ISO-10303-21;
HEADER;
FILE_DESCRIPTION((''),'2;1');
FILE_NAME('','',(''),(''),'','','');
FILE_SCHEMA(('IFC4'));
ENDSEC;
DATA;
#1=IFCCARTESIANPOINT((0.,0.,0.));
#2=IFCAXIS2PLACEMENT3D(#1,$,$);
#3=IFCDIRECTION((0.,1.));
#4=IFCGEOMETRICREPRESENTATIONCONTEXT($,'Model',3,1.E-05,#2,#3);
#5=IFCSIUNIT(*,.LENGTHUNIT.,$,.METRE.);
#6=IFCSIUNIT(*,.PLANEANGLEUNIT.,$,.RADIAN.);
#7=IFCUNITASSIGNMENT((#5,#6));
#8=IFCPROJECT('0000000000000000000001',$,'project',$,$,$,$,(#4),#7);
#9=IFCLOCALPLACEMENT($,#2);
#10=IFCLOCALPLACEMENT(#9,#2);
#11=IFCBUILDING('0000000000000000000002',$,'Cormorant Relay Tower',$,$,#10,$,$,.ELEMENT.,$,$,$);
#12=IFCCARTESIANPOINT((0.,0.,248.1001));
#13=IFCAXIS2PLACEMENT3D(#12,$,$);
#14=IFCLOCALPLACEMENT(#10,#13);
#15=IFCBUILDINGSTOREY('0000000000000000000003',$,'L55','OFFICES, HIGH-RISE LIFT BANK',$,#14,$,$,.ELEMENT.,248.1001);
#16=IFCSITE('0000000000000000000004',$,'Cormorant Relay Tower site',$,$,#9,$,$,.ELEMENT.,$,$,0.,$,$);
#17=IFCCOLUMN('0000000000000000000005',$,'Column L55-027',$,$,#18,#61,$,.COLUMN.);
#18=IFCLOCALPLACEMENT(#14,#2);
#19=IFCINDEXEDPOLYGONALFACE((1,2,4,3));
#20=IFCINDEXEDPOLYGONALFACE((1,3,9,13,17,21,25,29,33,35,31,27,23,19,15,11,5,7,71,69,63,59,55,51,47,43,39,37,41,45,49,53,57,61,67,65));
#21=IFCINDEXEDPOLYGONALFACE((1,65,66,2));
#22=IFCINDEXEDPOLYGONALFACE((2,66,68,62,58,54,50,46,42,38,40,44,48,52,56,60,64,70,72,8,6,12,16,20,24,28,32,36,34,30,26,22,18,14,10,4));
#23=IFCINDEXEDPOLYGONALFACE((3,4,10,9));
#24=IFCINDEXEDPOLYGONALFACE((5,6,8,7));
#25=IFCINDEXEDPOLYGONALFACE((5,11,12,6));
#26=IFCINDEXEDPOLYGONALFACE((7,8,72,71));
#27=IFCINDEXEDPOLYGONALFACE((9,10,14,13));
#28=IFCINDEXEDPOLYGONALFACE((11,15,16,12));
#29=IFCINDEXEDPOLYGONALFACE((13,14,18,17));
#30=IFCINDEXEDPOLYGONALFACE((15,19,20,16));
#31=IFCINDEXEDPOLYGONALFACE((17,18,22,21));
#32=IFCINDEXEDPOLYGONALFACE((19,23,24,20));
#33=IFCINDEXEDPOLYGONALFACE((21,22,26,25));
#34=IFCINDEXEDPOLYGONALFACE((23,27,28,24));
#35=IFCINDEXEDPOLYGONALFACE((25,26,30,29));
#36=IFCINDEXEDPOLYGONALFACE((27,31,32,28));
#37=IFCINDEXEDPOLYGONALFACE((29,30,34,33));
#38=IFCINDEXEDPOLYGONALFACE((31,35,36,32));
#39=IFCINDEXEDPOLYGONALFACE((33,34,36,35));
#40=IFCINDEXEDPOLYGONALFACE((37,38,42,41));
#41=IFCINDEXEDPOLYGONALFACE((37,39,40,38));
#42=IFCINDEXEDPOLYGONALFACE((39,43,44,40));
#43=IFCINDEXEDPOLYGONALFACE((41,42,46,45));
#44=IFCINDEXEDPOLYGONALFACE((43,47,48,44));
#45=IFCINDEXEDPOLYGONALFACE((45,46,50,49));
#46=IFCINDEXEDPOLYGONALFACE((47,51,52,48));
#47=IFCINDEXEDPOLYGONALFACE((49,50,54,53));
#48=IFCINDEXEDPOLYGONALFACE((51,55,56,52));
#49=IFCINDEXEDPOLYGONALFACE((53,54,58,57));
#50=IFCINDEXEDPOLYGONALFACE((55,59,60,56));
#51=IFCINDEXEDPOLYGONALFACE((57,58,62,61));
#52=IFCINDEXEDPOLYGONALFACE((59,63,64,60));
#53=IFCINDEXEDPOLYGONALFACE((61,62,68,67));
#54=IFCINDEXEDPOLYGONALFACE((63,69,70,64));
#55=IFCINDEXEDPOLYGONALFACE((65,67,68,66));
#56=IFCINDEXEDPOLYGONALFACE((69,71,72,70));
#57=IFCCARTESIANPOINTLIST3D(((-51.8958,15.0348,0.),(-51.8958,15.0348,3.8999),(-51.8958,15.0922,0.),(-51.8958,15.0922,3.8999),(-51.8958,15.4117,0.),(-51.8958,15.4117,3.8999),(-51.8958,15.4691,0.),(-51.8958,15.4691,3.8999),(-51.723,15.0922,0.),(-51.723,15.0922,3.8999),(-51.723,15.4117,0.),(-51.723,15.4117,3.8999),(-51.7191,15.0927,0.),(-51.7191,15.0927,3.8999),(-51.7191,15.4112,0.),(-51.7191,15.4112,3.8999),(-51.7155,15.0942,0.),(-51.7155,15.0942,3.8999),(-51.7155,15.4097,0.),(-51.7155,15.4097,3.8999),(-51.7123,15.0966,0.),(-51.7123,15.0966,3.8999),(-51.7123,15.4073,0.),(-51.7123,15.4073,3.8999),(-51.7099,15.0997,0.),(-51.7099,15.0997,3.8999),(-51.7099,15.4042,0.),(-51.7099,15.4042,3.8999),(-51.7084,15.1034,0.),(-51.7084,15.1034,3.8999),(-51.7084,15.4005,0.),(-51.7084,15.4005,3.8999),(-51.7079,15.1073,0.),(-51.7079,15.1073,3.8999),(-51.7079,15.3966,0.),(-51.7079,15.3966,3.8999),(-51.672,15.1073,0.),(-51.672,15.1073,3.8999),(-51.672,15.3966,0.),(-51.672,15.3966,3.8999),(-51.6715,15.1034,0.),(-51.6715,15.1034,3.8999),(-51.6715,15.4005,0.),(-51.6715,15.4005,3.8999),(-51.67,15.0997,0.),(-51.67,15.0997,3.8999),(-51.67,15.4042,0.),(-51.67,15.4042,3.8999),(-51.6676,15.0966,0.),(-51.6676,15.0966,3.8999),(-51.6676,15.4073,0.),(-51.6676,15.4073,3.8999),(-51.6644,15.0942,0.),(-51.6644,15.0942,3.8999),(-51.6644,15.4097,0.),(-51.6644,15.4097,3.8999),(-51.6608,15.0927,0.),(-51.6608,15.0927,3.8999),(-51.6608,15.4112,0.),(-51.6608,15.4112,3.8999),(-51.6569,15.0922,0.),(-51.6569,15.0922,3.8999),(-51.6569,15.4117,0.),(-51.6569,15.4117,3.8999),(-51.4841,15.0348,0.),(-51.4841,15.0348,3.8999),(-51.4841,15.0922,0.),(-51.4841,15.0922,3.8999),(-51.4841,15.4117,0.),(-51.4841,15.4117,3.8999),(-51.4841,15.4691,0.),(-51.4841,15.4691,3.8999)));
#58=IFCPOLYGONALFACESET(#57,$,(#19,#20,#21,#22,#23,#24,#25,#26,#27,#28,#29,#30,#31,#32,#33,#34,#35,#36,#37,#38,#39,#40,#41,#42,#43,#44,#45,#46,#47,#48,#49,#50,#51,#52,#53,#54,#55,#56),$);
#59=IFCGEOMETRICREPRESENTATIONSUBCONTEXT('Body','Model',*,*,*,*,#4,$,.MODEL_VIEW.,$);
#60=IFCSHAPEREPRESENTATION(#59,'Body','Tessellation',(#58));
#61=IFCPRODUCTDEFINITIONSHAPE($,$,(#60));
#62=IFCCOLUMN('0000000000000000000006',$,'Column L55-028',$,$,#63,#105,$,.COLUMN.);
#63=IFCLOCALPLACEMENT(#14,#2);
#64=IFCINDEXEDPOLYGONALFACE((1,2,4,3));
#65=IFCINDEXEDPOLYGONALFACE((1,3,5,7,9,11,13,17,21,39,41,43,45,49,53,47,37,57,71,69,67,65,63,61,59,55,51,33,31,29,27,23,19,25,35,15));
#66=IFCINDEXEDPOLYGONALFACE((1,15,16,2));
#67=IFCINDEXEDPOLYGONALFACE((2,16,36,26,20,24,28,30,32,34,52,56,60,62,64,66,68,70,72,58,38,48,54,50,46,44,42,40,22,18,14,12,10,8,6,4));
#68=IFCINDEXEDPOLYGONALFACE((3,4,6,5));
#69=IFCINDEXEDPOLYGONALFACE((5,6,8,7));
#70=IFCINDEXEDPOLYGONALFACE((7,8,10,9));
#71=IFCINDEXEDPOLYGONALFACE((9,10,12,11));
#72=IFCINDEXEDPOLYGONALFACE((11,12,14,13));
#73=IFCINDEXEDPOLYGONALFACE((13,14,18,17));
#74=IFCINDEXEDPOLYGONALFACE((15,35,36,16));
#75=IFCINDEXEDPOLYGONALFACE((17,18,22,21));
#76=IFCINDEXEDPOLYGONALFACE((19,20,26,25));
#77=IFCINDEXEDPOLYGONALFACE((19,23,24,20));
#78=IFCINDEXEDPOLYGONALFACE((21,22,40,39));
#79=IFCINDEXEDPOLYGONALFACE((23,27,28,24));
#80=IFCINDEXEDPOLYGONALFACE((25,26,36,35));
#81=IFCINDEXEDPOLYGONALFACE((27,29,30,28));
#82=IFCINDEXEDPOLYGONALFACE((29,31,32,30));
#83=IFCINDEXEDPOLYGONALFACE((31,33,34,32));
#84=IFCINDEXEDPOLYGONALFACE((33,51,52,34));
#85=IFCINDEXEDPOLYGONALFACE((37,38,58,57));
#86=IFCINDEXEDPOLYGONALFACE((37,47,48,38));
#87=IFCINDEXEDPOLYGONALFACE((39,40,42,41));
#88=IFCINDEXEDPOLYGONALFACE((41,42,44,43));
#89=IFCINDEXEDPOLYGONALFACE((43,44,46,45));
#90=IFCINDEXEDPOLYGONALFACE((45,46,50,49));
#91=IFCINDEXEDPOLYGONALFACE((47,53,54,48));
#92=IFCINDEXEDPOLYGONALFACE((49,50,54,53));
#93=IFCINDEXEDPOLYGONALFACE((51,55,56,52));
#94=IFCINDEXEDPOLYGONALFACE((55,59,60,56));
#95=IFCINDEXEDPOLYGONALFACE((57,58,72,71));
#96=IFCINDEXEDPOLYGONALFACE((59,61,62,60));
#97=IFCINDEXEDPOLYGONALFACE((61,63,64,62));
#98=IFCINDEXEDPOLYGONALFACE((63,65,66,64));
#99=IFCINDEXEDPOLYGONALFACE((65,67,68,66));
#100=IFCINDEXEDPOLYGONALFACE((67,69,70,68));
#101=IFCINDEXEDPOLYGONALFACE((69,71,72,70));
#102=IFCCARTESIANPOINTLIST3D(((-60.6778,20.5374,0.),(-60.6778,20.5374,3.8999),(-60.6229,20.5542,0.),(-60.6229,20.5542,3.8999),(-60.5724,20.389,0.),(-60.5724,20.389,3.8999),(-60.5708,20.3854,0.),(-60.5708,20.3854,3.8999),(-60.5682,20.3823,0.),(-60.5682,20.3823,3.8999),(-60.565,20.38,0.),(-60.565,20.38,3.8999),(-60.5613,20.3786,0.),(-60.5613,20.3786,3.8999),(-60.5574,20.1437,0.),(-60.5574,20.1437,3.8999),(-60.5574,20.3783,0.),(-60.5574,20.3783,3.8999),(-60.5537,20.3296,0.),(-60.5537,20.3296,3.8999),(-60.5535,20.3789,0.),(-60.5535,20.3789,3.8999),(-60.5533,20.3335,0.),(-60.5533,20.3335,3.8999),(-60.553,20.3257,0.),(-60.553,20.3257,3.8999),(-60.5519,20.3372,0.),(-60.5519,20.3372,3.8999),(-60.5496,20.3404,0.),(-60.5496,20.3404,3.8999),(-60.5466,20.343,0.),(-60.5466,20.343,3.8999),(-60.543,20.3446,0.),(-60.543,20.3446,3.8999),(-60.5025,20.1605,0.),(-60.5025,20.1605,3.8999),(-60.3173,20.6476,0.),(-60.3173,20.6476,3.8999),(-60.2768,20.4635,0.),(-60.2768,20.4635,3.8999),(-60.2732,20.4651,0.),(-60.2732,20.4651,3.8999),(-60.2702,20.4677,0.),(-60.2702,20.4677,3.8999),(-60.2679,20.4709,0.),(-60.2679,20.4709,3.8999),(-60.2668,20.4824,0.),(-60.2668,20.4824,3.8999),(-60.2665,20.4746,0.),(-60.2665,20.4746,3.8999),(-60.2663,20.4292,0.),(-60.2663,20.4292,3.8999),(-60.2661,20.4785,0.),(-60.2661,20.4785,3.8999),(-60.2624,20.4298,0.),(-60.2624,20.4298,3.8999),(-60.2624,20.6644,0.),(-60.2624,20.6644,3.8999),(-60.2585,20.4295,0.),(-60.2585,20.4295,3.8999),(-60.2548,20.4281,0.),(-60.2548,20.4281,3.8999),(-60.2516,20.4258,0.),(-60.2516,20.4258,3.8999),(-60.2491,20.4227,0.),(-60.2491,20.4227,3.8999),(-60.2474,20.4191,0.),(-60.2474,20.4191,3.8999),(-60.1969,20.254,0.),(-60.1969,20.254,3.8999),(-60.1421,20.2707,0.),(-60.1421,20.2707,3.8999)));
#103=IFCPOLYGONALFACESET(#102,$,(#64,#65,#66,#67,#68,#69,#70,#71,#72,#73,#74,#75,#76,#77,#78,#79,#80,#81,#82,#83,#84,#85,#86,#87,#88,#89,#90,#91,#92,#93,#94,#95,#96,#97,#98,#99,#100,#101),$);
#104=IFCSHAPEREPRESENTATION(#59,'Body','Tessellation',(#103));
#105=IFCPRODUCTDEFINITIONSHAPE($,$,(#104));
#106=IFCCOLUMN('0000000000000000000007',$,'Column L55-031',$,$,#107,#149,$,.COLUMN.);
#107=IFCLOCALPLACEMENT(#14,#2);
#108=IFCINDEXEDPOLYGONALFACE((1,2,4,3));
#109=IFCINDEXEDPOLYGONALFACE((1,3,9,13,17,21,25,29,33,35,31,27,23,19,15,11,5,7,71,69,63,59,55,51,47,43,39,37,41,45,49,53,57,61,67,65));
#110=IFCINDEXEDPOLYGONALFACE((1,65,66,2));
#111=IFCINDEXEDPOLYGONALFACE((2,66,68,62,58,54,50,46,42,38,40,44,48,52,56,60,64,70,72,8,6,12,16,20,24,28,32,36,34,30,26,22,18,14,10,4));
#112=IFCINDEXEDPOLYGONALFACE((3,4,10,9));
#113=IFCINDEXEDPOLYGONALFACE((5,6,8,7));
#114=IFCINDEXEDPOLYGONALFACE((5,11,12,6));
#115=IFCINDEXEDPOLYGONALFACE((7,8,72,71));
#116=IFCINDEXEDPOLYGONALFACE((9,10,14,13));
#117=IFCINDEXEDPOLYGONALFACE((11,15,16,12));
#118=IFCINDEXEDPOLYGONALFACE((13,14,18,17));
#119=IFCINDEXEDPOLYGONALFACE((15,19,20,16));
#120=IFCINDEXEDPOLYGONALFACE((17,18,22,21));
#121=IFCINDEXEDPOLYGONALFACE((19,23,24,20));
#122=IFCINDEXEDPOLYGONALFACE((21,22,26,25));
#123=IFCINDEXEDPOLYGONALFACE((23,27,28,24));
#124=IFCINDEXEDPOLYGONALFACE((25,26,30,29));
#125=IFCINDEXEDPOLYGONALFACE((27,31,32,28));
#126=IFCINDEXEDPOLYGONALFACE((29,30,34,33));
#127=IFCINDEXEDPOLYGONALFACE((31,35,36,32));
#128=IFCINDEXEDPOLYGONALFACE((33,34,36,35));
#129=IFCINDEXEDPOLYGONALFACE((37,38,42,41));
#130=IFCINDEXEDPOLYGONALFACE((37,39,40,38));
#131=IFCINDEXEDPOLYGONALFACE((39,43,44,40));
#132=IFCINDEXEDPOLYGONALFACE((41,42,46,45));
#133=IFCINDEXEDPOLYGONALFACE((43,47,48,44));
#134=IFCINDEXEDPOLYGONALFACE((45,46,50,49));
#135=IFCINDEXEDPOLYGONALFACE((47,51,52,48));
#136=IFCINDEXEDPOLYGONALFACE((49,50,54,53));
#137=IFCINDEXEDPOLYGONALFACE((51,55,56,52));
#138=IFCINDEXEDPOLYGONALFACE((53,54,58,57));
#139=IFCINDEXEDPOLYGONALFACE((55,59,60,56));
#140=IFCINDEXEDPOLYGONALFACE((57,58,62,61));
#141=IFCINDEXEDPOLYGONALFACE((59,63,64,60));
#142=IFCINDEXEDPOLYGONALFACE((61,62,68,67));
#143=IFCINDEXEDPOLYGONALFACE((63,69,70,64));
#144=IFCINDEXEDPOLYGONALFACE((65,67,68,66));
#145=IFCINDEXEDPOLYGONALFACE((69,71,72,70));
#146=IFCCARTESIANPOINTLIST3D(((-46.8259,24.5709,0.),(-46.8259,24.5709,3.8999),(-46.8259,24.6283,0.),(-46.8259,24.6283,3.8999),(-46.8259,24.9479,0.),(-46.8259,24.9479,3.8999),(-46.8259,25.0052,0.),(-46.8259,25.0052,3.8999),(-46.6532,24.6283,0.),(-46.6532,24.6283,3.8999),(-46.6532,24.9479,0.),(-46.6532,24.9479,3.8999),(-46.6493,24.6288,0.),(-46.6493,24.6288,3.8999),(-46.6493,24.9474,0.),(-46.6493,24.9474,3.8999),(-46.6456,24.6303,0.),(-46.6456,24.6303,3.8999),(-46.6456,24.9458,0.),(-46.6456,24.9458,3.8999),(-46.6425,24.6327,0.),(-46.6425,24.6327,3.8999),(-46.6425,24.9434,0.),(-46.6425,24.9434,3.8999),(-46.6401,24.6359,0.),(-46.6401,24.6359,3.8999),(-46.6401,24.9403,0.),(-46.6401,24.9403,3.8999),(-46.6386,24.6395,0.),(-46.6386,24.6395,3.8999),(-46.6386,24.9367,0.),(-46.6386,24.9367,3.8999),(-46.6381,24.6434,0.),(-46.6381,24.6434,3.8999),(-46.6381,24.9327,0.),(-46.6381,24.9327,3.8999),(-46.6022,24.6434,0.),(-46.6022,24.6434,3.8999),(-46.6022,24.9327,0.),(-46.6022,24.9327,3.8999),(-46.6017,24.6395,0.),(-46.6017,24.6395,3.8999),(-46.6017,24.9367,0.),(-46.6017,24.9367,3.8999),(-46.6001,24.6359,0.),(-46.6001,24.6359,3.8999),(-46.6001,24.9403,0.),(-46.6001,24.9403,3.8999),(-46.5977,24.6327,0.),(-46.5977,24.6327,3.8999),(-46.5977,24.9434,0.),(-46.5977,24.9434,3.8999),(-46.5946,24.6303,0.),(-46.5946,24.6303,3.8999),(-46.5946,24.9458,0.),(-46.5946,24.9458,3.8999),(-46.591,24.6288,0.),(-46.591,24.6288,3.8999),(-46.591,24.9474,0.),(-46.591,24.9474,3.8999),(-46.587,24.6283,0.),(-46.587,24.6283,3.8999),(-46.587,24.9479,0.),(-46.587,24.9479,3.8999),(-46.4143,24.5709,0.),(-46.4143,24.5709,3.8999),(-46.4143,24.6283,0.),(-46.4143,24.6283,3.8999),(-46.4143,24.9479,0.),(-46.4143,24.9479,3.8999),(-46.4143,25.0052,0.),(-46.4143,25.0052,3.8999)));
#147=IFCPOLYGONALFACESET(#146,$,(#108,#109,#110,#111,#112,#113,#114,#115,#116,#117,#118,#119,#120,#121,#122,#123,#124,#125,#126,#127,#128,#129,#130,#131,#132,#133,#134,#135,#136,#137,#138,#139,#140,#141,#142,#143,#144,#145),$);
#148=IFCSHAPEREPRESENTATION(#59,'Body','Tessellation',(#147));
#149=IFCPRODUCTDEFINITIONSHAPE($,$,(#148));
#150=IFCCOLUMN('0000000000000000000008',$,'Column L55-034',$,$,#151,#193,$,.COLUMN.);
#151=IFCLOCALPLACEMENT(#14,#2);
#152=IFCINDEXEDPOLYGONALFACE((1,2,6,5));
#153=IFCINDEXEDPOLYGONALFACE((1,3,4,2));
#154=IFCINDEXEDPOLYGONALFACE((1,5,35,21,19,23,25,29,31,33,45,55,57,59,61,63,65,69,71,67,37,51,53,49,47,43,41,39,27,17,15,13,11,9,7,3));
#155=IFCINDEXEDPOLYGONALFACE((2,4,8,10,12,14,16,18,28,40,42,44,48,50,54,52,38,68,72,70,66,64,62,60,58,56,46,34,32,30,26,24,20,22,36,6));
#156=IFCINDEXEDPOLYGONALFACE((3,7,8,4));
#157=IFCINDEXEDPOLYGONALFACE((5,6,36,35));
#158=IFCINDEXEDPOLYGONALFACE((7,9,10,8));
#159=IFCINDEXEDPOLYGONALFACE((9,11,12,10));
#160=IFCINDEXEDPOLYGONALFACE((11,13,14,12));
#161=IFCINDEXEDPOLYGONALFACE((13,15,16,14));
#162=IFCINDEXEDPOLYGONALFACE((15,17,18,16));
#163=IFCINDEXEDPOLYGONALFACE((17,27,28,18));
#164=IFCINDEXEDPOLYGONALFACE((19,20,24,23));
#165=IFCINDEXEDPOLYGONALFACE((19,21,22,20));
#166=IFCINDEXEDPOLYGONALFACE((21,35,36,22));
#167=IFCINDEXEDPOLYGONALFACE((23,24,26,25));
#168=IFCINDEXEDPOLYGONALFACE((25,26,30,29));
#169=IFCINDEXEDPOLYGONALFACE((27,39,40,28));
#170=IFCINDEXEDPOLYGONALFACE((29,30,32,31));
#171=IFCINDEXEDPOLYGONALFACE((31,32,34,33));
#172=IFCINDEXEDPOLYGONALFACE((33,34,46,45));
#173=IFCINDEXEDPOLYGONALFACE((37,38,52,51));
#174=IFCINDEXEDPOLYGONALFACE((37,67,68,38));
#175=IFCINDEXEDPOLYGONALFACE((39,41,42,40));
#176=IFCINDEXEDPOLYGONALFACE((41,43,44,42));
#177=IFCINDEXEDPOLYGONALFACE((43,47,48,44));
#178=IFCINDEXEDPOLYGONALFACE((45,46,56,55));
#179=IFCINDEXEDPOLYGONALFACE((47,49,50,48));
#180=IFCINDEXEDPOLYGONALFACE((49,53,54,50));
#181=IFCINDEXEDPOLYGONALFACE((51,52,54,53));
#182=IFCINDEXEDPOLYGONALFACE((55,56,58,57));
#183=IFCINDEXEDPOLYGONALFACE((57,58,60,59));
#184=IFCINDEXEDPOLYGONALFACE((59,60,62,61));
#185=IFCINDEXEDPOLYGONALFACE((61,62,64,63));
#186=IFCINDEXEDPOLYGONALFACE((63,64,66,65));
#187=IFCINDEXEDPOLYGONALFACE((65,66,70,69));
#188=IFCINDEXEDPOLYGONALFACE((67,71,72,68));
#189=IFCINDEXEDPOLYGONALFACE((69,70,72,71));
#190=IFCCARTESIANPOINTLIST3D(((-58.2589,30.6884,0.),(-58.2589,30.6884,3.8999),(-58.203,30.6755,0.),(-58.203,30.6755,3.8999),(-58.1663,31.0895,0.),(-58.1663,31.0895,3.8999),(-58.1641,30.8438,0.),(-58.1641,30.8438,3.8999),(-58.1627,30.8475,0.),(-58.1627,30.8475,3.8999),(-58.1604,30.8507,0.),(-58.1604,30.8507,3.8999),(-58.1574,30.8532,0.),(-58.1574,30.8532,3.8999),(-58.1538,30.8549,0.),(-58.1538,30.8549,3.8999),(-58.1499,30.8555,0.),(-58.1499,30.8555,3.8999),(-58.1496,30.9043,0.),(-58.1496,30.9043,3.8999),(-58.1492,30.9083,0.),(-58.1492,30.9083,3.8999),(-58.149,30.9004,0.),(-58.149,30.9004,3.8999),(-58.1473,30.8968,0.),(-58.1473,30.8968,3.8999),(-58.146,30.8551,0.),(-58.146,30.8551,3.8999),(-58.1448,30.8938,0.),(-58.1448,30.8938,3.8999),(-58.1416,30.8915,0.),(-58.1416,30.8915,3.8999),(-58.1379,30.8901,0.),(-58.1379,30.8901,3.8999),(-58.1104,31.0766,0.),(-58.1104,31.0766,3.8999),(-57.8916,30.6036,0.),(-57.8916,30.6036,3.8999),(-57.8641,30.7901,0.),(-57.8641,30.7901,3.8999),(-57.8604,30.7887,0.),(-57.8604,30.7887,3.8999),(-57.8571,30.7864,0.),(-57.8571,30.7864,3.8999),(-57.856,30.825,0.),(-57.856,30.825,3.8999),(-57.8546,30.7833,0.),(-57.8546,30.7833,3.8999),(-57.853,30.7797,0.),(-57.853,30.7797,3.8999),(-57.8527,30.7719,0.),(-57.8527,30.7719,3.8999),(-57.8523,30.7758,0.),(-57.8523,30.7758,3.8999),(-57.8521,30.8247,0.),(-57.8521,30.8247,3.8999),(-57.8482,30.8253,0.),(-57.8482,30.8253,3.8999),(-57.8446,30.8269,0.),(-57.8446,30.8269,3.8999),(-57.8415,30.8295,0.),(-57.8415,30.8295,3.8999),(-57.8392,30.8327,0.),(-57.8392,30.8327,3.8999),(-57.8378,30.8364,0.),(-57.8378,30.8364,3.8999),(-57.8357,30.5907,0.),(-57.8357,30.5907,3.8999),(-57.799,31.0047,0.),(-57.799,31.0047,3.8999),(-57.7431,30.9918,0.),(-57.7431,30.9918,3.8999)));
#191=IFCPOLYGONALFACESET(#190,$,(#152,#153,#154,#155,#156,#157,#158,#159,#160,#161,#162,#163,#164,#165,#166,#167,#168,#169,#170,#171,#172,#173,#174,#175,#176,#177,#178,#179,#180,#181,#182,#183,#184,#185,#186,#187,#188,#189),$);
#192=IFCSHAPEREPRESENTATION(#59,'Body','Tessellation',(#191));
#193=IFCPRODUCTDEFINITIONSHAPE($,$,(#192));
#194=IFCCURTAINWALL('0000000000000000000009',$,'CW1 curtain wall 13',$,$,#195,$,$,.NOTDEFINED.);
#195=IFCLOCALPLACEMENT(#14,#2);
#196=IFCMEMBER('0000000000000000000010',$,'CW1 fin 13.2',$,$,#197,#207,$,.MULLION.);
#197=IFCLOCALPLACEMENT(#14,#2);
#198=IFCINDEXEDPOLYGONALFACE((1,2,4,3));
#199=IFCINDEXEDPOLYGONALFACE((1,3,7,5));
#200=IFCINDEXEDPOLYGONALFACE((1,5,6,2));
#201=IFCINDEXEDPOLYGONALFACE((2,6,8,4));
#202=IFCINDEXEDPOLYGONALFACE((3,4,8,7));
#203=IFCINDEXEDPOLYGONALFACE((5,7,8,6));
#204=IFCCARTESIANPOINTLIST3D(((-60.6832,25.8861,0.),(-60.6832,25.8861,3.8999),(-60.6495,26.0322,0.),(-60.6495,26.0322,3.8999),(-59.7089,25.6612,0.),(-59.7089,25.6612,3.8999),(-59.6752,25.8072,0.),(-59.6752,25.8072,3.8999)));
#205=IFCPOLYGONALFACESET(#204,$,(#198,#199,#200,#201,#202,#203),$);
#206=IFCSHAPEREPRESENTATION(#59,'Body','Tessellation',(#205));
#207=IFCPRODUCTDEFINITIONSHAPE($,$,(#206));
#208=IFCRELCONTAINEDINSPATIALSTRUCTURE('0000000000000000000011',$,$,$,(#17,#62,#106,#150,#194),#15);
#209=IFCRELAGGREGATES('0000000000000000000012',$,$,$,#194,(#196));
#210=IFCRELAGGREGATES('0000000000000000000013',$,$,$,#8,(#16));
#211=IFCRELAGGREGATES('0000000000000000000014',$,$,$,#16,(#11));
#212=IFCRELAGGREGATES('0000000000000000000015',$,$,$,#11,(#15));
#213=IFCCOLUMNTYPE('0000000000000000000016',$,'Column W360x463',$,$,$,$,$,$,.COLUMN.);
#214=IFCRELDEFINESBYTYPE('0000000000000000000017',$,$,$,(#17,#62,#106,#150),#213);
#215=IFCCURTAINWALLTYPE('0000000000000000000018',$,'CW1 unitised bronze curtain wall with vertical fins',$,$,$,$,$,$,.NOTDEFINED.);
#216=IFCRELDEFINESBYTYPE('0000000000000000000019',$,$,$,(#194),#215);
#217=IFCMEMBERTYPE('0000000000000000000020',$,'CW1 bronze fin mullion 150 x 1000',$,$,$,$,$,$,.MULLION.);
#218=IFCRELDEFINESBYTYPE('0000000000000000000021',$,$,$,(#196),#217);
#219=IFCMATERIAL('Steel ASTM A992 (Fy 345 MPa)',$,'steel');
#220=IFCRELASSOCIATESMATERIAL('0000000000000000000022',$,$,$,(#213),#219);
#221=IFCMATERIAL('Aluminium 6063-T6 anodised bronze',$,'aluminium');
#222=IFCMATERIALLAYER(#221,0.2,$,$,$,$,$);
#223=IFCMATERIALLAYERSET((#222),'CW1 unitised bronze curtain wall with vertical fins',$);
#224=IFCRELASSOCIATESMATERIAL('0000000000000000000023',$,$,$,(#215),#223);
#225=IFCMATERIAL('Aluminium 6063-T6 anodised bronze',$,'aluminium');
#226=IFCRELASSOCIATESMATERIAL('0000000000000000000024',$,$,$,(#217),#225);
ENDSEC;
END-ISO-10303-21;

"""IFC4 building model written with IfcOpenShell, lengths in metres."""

from ifc_helpers import new_model, si_unit, direction, frame, origin, origin_2d, place, context, subcontext, project, spatial, rectangle, i_section, extrude, material, layer, layer_set, material_profile, profile_set, type_object, element, aggregate, save


model = new_model("IFC4")

# Units and contexts
model_context = context("Model", 3, precision=1e-05, world=origin(), true_north=direction((0.0, 1.0)))
body_context = subcontext(model_context, "Body", "Model", "MODEL_VIEW")
ifc_project = project(units=[si_unit("LENGTHUNIT", "METRE"), si_unit("PLANEANGLEUNIT", "RADIAN")], contexts=[model_context])

# Site, building, storey
site_placement = place(None, origin())
site = spatial("IfcSite", under=ifc_project, at=site_placement, Name="Cormorant Relay Tower site", CompositionType="ELEMENT", RefElevation=0.0)
building_placement = place(site_placement, origin())
building = spatial("IfcBuilding", under=site, at=building_placement, Name="Cormorant Relay Tower", CompositionType="ELEMENT")
storey_placement = place(building_placement, frame((0.0, 0.0, 248.1001)))
storey = spatial("IfcBuildingStorey", under=building, at=storey_placement, Name="L55", Description="OFFICES, HIGH-RISE LIFT BANK", CompositionType="ELEMENT", Elevation=248.1001)

# Columns
ifc_material_1 = material(Name="Steel ASTM A992 (Fy 345 MPa)", Category="steel")
ifc_material_profile_1 = material_profile(ifc_material_1, i_section(OverallWidth=0.4116, OverallDepth=0.4343, WebThickness=0.0359, FlangeThickness=0.0574, FilletRadius=0.0151, at=origin_2d()), Name="W360x463")
ifc_profile_set_1 = profile_set([ifc_material_profile_1], Name="Steel ASTM A992 (Fy 345 MPa)")
column_type = type_object("IfcColumnType", Name="Column W360x463", PredefinedType="COLUMN", material=ifc_profile_set_1)
for number, where, z_axis, x_axis, name in (
    (1, (-51.6899, 15.252, 0.0), (0.0, 0.0, 1.0), (1.0, 0.0, 0.0), "Column L55-027"),
    (2, (-60.4099, 20.4041, 0.0), (0.0, 0.0, 1.0), (0.292372, -0.956305, 0.0), "Column L55-028"),
    (3, (-46.6201, 24.7881, 0.0), (0.0, 0.0, 1.0), (1.0, 0.0, 0.0), "Column L55-031"),
    (4, (-58.001, 30.8401, 0.0), (0.0, 0.0, 1.0), (-0.224951, -0.97437, 0.0), "Column L55-034"),
):
    element("IfcColumn", number, at=place(storey_placement, frame(where, z_axis=z_axis, x_axis=x_axis)), inside=storey, type_object=column_type, Name=name, PredefinedType="COLUMN", context=body_context, shape_type="SweptSolid", body=[
        extrude(i_section(OverallWidth=0.4116, OverallDepth=0.4343, WebThickness=0.0359, FlangeThickness=0.0574, FilletRadius=0.0151, at=origin_2d()), origin(), (0.0, 0.0, 1.0), 3.8999),
    ])

# Curtain wall, member
ifc_material_2 = material(Name="Aluminium 6063-T6 anodised bronze", Category="aluminium")
ifc_layer_1 = layer(ifc_material_2, 0.2)
ifc_layer_set_1 = layer_set([ifc_layer_1], Name="CW1 unitised bronze curtain wall with vertical fins")
curtain_wall_type = type_object("IfcCurtainWallType", Name="CW1 unitised bronze curtain wall with vertical fins", PredefinedType="NOTDEFINED", material=ifc_layer_set_1)
curtain_wall_1_placement = place(storey_placement, origin())
curtain_wall_1 = element("IfcCurtainWall", 5, at=curtain_wall_1_placement, inside=storey, type_object=curtain_wall_type, Name="CW1 curtain wall 13", PredefinedType="NOTDEFINED")
ifc_material_3 = material(Name="Aluminium 6063-T6 anodised bronze", Category="aluminium")
ifc_material_profile_2 = material_profile(ifc_material_3, rectangle(XDim=0.1499, YDim=1.0, at=origin_2d()), Name="AL 150x1000")
ifc_profile_set_2 = profile_set([ifc_material_profile_2], Name="Aluminium 6063-T6 anodised bronze")
member_type_1 = type_object("IfcMemberType", Name="CW1 bronze fin mullion 150 x 1000", PredefinedType="MULLION", material=ifc_profile_set_2)
member_1_placement = place(storey_placement, frame((-60.1792, 25.8467, 0.0), z_axis=(0.0, 0.0, 1.0), x_axis=(-0.224951, -0.97437, 0.0)))
member_1 = element("IfcMember", 6, at=member_1_placement, type_object=member_type_1, Name="CW1 fin 13.2", PredefinedType="MULLION", context=body_context, shape_type="SweptSolid", body=[
    extrude(rectangle(XDim=0.1499, YDim=1.0, at=origin_2d()), origin(), (0.0, 0.0, 1.0), 3.8999),
])

aggregate(curtain_wall_1, [member_1])

save(model, "model.ifc")
